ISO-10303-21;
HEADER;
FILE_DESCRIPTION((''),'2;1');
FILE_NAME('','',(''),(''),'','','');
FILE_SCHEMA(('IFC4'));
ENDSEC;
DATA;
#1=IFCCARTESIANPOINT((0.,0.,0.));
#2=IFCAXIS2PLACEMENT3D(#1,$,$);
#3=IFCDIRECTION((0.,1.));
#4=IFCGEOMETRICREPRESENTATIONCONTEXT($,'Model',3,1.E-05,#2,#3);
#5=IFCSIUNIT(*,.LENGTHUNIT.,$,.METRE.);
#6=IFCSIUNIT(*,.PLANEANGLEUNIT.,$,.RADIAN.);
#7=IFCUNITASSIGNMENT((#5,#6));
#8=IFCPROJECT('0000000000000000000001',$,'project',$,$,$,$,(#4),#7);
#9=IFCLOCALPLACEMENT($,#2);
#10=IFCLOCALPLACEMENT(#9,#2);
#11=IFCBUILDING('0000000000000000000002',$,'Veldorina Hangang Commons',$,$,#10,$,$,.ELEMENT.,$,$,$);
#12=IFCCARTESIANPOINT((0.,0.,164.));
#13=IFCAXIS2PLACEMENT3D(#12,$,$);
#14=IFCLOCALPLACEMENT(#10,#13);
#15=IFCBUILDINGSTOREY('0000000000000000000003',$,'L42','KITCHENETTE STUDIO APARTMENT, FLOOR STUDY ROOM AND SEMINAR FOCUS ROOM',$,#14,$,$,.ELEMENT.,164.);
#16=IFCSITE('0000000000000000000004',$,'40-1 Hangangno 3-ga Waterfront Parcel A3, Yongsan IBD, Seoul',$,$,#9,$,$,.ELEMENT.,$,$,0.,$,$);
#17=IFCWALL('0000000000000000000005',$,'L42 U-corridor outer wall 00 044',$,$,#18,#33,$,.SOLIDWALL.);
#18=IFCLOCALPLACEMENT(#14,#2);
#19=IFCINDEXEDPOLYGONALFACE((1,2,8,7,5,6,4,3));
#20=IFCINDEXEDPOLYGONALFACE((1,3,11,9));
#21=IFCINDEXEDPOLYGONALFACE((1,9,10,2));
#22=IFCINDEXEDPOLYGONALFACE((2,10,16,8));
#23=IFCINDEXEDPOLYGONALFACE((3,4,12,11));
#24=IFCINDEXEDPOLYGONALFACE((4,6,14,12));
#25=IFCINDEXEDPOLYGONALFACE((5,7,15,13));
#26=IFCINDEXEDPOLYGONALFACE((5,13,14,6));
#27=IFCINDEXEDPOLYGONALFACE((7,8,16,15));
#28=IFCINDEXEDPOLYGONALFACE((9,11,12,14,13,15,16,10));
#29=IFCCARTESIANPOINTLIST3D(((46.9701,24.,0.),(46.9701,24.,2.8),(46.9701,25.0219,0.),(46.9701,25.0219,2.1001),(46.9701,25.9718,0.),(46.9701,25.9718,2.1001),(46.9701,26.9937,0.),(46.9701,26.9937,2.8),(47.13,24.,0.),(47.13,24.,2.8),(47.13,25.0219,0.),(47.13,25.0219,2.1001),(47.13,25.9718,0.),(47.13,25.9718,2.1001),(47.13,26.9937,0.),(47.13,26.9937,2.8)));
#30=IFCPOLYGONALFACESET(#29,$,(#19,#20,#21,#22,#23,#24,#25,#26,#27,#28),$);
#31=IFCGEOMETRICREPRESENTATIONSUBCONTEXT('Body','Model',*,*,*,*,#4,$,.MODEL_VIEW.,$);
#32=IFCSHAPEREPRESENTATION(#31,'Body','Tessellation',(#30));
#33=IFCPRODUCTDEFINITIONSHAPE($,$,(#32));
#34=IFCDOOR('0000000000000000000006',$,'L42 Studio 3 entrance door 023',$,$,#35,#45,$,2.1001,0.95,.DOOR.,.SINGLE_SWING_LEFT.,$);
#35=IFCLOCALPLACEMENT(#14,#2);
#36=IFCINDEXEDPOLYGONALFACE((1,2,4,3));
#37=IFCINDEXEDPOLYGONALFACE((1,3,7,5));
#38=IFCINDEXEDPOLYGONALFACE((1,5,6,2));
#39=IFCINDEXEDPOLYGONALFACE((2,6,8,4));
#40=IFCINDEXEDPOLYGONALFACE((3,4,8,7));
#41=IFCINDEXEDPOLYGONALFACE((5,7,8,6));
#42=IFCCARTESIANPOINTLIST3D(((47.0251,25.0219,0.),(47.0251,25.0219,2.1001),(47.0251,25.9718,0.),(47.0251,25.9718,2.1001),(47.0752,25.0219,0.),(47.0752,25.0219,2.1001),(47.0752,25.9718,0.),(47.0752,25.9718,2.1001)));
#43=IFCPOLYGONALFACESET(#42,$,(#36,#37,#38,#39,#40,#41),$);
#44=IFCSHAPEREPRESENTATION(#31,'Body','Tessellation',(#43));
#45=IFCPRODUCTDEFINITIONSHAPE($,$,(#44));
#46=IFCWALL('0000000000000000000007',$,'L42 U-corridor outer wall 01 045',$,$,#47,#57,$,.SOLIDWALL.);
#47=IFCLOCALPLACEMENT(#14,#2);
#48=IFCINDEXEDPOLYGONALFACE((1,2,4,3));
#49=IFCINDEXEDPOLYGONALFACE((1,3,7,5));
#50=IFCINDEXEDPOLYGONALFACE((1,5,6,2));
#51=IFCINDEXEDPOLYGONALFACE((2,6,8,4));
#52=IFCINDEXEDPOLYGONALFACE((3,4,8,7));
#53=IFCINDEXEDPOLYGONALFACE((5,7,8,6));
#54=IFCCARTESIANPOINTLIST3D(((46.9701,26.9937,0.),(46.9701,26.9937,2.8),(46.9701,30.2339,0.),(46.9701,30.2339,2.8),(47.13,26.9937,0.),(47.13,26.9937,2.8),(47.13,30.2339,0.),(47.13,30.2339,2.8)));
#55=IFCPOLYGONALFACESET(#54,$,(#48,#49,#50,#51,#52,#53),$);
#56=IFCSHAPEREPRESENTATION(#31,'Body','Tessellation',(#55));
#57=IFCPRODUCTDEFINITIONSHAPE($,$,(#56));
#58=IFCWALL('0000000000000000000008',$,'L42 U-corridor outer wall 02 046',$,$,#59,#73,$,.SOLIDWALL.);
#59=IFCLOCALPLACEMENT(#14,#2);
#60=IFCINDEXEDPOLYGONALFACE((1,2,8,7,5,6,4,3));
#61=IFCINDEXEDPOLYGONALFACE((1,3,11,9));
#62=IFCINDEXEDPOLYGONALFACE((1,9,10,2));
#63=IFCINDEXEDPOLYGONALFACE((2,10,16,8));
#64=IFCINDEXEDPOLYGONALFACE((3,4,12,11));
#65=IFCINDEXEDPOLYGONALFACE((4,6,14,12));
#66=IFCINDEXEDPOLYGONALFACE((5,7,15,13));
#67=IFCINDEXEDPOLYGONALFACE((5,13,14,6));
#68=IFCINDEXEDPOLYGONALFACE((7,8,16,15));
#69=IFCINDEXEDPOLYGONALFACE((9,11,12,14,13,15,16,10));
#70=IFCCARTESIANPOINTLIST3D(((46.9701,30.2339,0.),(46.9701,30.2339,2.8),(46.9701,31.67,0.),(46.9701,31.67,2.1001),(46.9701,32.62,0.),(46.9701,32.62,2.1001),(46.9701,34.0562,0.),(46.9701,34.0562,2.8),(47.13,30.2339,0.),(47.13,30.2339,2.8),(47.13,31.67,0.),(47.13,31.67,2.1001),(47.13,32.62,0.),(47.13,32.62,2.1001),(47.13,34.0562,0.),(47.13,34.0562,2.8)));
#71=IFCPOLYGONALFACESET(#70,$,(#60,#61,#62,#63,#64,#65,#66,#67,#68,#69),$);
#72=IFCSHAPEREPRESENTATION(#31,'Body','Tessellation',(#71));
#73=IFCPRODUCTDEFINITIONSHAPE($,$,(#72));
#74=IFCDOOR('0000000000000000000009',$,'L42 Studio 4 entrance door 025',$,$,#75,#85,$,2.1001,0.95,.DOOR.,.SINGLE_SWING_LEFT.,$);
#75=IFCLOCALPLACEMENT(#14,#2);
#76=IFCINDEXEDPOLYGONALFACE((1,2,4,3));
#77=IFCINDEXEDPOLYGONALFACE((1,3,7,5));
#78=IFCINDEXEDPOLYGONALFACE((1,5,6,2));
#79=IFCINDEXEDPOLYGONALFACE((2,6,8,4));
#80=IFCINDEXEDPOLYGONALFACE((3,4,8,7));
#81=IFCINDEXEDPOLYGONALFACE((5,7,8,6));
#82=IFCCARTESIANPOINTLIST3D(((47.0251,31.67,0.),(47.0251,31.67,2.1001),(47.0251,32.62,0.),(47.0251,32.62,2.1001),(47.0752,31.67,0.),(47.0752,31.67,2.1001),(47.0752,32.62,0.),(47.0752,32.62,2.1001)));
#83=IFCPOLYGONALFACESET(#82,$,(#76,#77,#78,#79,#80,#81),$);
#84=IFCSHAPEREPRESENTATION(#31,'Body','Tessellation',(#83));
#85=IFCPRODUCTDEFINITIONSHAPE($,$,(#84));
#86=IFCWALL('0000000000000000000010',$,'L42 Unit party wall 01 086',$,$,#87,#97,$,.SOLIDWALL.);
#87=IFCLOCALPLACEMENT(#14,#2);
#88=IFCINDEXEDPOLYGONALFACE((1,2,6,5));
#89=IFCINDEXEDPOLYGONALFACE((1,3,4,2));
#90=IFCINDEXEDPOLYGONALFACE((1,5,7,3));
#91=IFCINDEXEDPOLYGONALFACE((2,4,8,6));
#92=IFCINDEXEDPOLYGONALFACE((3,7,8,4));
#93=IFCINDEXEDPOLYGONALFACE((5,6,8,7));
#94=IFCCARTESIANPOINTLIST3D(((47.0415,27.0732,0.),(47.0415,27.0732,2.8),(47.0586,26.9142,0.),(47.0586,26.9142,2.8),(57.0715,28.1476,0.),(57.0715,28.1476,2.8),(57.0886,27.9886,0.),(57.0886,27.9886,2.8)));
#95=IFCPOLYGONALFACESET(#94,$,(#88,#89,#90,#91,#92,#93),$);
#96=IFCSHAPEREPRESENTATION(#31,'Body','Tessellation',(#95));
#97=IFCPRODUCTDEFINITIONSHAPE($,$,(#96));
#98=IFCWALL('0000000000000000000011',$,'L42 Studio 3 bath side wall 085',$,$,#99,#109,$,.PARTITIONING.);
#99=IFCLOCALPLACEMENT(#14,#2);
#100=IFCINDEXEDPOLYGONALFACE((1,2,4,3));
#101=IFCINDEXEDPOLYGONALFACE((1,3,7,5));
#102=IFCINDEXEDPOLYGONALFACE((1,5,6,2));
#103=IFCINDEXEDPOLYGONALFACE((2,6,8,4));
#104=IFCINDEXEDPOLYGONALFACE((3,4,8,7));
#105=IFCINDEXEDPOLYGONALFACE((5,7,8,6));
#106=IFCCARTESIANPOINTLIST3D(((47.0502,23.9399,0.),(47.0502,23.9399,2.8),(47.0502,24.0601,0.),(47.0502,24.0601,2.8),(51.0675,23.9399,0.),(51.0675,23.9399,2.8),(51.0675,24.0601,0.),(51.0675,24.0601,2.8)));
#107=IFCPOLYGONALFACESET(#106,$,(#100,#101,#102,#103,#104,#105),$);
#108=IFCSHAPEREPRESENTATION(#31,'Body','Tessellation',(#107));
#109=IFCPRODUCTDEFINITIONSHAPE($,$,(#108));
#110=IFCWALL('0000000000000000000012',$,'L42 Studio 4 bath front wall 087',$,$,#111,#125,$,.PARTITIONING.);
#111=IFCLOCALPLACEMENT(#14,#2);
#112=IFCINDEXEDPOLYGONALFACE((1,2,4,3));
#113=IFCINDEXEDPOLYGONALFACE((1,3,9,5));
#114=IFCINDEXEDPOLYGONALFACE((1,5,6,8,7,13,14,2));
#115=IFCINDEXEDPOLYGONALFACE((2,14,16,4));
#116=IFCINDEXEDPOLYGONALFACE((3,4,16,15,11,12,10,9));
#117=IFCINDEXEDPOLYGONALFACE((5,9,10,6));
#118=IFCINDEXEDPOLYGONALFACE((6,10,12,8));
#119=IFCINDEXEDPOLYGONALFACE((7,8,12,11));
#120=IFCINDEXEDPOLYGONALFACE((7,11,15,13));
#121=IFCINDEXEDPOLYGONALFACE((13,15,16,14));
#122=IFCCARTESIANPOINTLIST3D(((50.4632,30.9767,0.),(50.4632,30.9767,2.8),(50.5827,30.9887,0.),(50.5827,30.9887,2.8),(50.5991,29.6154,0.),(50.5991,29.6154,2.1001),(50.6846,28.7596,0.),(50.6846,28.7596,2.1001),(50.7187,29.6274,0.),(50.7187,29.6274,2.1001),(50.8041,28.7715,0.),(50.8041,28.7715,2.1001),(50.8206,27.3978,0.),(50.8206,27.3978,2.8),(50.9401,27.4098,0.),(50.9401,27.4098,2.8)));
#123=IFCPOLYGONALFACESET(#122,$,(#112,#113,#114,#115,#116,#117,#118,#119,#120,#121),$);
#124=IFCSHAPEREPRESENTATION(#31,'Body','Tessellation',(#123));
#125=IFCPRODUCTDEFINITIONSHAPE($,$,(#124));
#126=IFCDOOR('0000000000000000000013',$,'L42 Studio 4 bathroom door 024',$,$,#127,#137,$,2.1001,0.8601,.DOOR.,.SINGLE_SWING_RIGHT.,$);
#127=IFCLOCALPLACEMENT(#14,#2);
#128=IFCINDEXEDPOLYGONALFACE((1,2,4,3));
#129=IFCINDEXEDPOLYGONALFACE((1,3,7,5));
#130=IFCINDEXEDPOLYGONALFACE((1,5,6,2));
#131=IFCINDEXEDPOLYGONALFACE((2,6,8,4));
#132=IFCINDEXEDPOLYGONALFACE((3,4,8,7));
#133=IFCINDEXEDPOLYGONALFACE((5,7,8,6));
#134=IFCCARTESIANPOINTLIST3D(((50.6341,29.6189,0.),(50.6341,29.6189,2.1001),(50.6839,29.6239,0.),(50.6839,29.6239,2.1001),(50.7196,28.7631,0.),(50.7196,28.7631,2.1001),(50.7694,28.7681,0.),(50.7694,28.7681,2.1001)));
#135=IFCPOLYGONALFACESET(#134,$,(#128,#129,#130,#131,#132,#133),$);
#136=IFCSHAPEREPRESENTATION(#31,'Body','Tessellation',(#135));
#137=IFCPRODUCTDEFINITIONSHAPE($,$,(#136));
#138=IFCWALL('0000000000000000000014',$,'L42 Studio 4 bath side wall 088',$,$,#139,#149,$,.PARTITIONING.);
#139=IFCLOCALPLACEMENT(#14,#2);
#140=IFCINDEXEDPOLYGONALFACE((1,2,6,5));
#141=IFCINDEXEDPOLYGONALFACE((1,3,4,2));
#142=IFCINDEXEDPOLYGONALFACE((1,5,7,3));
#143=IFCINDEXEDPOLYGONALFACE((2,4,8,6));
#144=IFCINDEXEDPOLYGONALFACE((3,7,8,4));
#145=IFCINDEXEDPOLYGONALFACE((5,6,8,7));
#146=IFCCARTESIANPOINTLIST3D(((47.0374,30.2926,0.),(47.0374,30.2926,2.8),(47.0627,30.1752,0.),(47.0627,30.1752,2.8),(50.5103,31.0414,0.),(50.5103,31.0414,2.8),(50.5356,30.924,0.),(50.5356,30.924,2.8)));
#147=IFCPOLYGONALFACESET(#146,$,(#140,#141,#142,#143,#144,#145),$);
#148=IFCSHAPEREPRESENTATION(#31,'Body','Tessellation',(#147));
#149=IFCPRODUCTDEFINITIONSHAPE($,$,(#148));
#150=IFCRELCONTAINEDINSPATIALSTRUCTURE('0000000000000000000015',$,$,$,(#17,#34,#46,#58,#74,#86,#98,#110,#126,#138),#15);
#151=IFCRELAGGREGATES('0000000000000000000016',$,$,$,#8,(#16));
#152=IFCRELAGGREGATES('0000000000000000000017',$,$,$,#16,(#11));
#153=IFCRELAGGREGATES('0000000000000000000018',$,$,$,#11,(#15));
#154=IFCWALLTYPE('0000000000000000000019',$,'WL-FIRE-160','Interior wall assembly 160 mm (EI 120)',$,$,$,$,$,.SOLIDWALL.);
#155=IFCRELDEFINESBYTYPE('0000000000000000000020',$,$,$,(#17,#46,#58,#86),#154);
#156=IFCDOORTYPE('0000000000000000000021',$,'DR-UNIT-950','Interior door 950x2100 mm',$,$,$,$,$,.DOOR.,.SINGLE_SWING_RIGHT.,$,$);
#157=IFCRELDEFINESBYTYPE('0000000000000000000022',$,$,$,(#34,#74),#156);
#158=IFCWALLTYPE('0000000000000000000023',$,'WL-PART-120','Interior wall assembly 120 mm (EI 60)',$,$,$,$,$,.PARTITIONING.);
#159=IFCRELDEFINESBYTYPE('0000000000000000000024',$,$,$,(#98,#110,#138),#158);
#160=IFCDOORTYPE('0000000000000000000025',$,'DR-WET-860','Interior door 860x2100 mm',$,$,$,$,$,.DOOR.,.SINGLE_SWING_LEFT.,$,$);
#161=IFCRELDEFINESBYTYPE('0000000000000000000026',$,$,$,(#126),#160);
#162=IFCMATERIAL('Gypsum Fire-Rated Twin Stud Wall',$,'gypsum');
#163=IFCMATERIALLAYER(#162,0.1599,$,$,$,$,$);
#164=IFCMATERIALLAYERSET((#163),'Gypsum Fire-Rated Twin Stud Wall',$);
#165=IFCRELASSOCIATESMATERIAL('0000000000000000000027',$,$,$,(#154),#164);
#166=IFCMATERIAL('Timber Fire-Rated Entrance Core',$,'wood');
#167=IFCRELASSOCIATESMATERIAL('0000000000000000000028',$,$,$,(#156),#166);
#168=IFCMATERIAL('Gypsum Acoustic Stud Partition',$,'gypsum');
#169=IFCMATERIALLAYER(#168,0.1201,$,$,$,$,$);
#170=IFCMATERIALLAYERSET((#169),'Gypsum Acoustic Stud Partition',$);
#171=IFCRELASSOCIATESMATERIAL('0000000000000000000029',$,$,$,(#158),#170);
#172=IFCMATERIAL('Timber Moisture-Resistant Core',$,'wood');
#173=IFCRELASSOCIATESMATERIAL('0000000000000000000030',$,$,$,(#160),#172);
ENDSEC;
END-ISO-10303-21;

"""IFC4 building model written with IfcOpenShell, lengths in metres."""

from ifc_helpers import new_model, si_unit, direction, frame, frame_2d, origin, place, context, subcontext, project, spatial, rectangle, extrude, material, layer, layer_set, type_object, element, fill, save


model = new_model("IFC4")

# Units and contexts
model_context = context("Model", 3, precision=1e-05, world=origin(), true_north=direction((0.0, 1.0)))
body_context = subcontext(model_context, "Body", "Model", "MODEL_VIEW")
ifc_project = project(units=[si_unit("LENGTHUNIT", "METRE"), si_unit("PLANEANGLEUNIT", "RADIAN")], contexts=[model_context])

# Site, building, storey
site_placement = place(None, origin())
site = spatial("IfcSite", under=ifc_project, at=site_placement, Name="40-1 Hangangno 3-ga Waterfront Parcel A3, Yongsan IBD, Seoul", CompositionType="ELEMENT", RefElevation=0.0)
building_placement = place(site_placement, origin())
building = spatial("IfcBuilding", under=site, at=building_placement, Name="Veldorina Hangang Commons", CompositionType="ELEMENT")
storey_placement = place(building_placement, frame((0.0, 0.0, 164.0)))
storey = spatial("IfcBuildingStorey", under=building, at=storey_placement, Name="L42", Description="KITCHENETTE STUDIO APARTMENT, FLOOR STUDY ROOM AND SEMINAR FOCUS ROOM", CompositionType="ELEMENT", Elevation=164.0)

# Wall, opening, door
ifc_material_1 = material(Name="Gypsum Fire-Rated Twin Stud Wall", Category="gypsum")
ifc_layer_1 = layer(ifc_material_1, 0.1599)
ifc_layer_set_1 = layer_set([ifc_layer_1], Name="Gypsum Fire-Rated Twin Stud Wall")
wall_type_1 = type_object("IfcWallType", Name="WL-FIRE-160", Description="Interior wall assembly 160 mm (EI 120)", PredefinedType="SOLIDWALL", material=ifc_layer_set_1)
wall_1_placement = place(storey_placement, frame((47.05, 24.0, 0.0), z_axis=(0.0, 0.0, 1.0), x_axis=(0.0, 1.0, 0.0)))
wall_1 = element("IfcWall", 1, at=wall_1_placement, inside=storey, type_object=wall_type_1, Name="L42 U-corridor outer wall 00 044", PredefinedType="SOLIDWALL", context=body_context, shape_type="SweptSolid", body=[
    extrude(rectangle(XDim=2.9937, YDim=0.1599, at=frame_2d((1.4968, 0.0))), origin(), (0.0, 0.0, 1.0), 2.8),
])
opening_1_placement = place(wall_1_placement, frame((1.0217, 0.0, 0.0)))
opening_1 = element("IfcOpeningElement", 2, at=opening_1_placement, cuts=wall_1, PredefinedType="OPENING", context=body_context, shape_type="SweptSolid", body=[
    extrude(rectangle(XDim=0.95, YDim=2.1001, at=frame_2d((0.4751, 1.05))), frame((0.0, 0.0898, 0.0), z_axis=(0.0, -1.0, 0.0), x_axis=(1.0, 0.0, 0.0)), (0.0, 0.0, 1.0), 0.1799),
])
ifc_material_2 = material(Name="Timber Fire-Rated Entrance Core", Category="wood")
door_type_1 = type_object("IfcDoorType", Name="DR-UNIT-950", Description="Interior door 950x2100 mm", OperationType="SINGLE_SWING_RIGHT", PredefinedType="DOOR", material=ifc_material_2)
door_1_placement = place(opening_1_placement, origin())
door_1 = element("IfcDoor", 3, at=door_1_placement, inside=storey, type_object=door_type_1, Name="L42 Studio 3 entrance door 023", OperationType="SINGLE_SWING_LEFT", OverallHeight=2.1001, OverallWidth=0.95, PredefinedType="DOOR", context=body_context, shape_type="SweptSolid", body=[
    extrude(rectangle(XDim=0.95, YDim=2.1001, at=frame_2d((0.4751, 1.05))), frame((0.0, 0.0249, 0.0), z_axis=(0.0, -1.0, 0.0), x_axis=(1.0, 0.0, 0.0)), (0.0, 0.0, 1.0), 0.05),
])
fill(opening_1, door_1)

# Wall
wall_2_placement = place(storey_placement, frame((47.05, 26.9937, 0.0), z_axis=(0.0, 0.0, 1.0), x_axis=(0.0, 1.0, 0.0)))
element("IfcWall", 4, at=wall_2_placement, inside=storey, type_object=wall_type_1, Name="L42 U-corridor outer wall 01 045", PredefinedType="SOLIDWALL", context=body_context, shape_type="SweptSolid", body=[
    extrude(rectangle(XDim=3.2402, YDim=0.1599, at=frame_2d((1.6201, 0.0))), origin(), (0.0, 0.0, 1.0), 2.8),
])

# Wall, opening, door
wall_3_placement = place(storey_placement, frame((47.05, 30.2339, 0.0), z_axis=(0.0, 0.0, 1.0), x_axis=(0.0, 1.0, 0.0)))
wall_3 = element("IfcWall", 5, at=wall_3_placement, inside=storey, type_object=wall_type_1, Name="L42 U-corridor outer wall 02 046", PredefinedType="SOLIDWALL", context=body_context, shape_type="SweptSolid", body=[
    extrude(rectangle(XDim=3.8223, YDim=0.1599, at=frame_2d((1.9111, 0.0))), origin(), (0.0, 0.0, 1.0), 2.8),
])
opening_2_placement = place(wall_3_placement, frame((1.436, 0.0, 0.0)))
opening_2 = element("IfcOpeningElement", 6, at=opening_2_placement, cuts=wall_3, PredefinedType="OPENING", context=body_context, shape_type="SweptSolid", body=[
    extrude(rectangle(XDim=0.95, YDim=2.1001, at=frame_2d((0.4751, 1.05))), frame((0.0, 0.0898, 0.0), z_axis=(0.0, -1.0, 0.0), x_axis=(1.0, 0.0, 0.0)), (0.0, 0.0, 1.0), 0.1799),
])
door_2_placement = place(opening_2_placement, origin())
door_2 = element("IfcDoor", 7, at=door_2_placement, inside=storey, type_object=door_type_1, Name="L42 Studio 4 entrance door 025", OperationType="SINGLE_SWING_LEFT", OverallHeight=2.1001, OverallWidth=0.95, PredefinedType="DOOR", context=body_context, shape_type="SweptSolid", body=[
    extrude(rectangle(XDim=0.95, YDim=2.1001, at=frame_2d((0.4751, 1.05))), frame((0.0, 0.0249, 0.0), z_axis=(0.0, -1.0, 0.0), x_axis=(1.0, 0.0, 0.0)), (0.0, 0.0, 1.0), 0.05),
])
fill(opening_2, door_2)

# Walls
wall_4_placement = place(storey_placement, frame((47.05, 26.9937, 0.0), z_axis=(0.0, 0.0, 1.0), x_axis=(0.994311, 0.106515, 0.0)))
element("IfcWall", 8, at=wall_4_placement, inside=storey, type_object=wall_type_1, Name="L42 Unit party wall 01 086", PredefinedType="SOLIDWALL", context=body_context, shape_type="SweptSolid", body=[
    extrude(rectangle(XDim=10.0874, YDim=0.1599, at=frame_2d((5.0437, 0.0))), origin(), (0.0, 0.0, 1.0), 2.8),
])
ifc_material_3 = material(Name="Gypsum Acoustic Stud Partition", Category="gypsum")
ifc_layer_2 = layer(ifc_material_3, 0.1201)
ifc_layer_set_2 = layer_set([ifc_layer_2], Name="Gypsum Acoustic Stud Partition")
wall_type_2 = type_object("IfcWallType", Name="WL-PART-120", Description="Interior wall assembly 120 mm (EI 60)", PredefinedType="PARTITIONING", material=ifc_layer_set_2)
wall_5_placement = place(storey_placement, frame((47.05, 24.0, 0.0), z_axis=(0.0, 0.0, 1.0), x_axis=(1.0, 0.0, 0.0)))
element("IfcWall", 9, at=wall_5_placement, inside=storey, type_object=wall_type_2, Name="L42 Studio 3 bath side wall 085", PredefinedType="PARTITIONING", context=body_context, shape_type="SweptSolid", body=[
    extrude(rectangle(XDim=4.0173, YDim=0.1201, at=frame_2d((2.0088, 0.0))), origin(), (0.0, 0.0, 1.0), 2.8),
])

# Wall, opening, door
wall_6_placement = place(storey_placement, frame((50.8804, 27.4038, 0.0), z_axis=(0.0, 0.0, 1.0), x_axis=(-0.099376, 0.99505, 0.0)))
wall_6 = element("IfcWall", 10, at=wall_6_placement, inside=storey, type_object=wall_type_2, Name="L42 Studio 4 bath front wall 087", PredefinedType="PARTITIONING", context=body_context, shape_type="SweptSolid", body=[
    extrude(rectangle(XDim=3.5967, YDim=0.1201, at=frame_2d((1.7983, 0.0))), origin(), (0.0, 0.0, 1.0), 2.8),
])
opening_3_placement = place(wall_6_placement, frame((1.3684, 0.0, 0.0)))
opening_3 = element("IfcOpeningElement", 11, at=opening_3_placement, cuts=wall_6, PredefinedType="OPENING", context=body_context, shape_type="SweptSolid", body=[
    extrude(rectangle(XDim=0.8601, YDim=2.1001, at=frame_2d((0.4302, 1.05))), frame((0.0, 0.0701, 0.0), z_axis=(0.0, -1.0, 0.0), x_axis=(1.0, 0.0, 0.0)), (0.0, 0.0, 1.0), 0.1401),
])
ifc_material_4 = material(Name="Timber Moisture-Resistant Core", Category="wood")
door_type_2 = type_object("IfcDoorType", Name="DR-WET-860", Description="Interior door 860x2100 mm", OperationType="SINGLE_SWING_LEFT", PredefinedType="DOOR", material=ifc_material_4)
door_3_placement = place(opening_3_placement, origin())
door_3 = element("IfcDoor", 12, at=door_3_placement, inside=storey, type_object=door_type_2, Name="L42 Studio 4 bathroom door 024", OperationType="SINGLE_SWING_RIGHT", OverallHeight=2.1001, OverallWidth=0.8601, PredefinedType="DOOR", context=body_context, shape_type="SweptSolid", body=[
    extrude(rectangle(XDim=0.8601, YDim=2.1001, at=frame_2d((0.4302, 1.05))), frame((0.0, 0.0249, 0.0), z_axis=(0.0, -1.0, 0.0), x_axis=(1.0, 0.0, 0.0)), (0.0, 0.0, 1.0), 0.05),
])
fill(opening_3, door_3)

# Wall
wall_7_placement = place(storey_placement, frame((47.05, 30.2339, 0.0), z_axis=(0.0, 0.0, 1.0), x_axis=(0.977537, 0.210763, 0.0)))
element("IfcWall", 13, at=wall_7_placement, inside=storey, type_object=wall_type_2, Name="L42 Studio 4 bath side wall 088", PredefinedType="PARTITIONING", context=body_context, shape_type="SweptSolid", body=[
    extrude(rectangle(XDim=3.5527, YDim=0.1201, at=frame_2d((1.7764, 0.0))), origin(), (0.0, 0.0, 1.0), 2.8),
])

save(model, "model.ifc")
